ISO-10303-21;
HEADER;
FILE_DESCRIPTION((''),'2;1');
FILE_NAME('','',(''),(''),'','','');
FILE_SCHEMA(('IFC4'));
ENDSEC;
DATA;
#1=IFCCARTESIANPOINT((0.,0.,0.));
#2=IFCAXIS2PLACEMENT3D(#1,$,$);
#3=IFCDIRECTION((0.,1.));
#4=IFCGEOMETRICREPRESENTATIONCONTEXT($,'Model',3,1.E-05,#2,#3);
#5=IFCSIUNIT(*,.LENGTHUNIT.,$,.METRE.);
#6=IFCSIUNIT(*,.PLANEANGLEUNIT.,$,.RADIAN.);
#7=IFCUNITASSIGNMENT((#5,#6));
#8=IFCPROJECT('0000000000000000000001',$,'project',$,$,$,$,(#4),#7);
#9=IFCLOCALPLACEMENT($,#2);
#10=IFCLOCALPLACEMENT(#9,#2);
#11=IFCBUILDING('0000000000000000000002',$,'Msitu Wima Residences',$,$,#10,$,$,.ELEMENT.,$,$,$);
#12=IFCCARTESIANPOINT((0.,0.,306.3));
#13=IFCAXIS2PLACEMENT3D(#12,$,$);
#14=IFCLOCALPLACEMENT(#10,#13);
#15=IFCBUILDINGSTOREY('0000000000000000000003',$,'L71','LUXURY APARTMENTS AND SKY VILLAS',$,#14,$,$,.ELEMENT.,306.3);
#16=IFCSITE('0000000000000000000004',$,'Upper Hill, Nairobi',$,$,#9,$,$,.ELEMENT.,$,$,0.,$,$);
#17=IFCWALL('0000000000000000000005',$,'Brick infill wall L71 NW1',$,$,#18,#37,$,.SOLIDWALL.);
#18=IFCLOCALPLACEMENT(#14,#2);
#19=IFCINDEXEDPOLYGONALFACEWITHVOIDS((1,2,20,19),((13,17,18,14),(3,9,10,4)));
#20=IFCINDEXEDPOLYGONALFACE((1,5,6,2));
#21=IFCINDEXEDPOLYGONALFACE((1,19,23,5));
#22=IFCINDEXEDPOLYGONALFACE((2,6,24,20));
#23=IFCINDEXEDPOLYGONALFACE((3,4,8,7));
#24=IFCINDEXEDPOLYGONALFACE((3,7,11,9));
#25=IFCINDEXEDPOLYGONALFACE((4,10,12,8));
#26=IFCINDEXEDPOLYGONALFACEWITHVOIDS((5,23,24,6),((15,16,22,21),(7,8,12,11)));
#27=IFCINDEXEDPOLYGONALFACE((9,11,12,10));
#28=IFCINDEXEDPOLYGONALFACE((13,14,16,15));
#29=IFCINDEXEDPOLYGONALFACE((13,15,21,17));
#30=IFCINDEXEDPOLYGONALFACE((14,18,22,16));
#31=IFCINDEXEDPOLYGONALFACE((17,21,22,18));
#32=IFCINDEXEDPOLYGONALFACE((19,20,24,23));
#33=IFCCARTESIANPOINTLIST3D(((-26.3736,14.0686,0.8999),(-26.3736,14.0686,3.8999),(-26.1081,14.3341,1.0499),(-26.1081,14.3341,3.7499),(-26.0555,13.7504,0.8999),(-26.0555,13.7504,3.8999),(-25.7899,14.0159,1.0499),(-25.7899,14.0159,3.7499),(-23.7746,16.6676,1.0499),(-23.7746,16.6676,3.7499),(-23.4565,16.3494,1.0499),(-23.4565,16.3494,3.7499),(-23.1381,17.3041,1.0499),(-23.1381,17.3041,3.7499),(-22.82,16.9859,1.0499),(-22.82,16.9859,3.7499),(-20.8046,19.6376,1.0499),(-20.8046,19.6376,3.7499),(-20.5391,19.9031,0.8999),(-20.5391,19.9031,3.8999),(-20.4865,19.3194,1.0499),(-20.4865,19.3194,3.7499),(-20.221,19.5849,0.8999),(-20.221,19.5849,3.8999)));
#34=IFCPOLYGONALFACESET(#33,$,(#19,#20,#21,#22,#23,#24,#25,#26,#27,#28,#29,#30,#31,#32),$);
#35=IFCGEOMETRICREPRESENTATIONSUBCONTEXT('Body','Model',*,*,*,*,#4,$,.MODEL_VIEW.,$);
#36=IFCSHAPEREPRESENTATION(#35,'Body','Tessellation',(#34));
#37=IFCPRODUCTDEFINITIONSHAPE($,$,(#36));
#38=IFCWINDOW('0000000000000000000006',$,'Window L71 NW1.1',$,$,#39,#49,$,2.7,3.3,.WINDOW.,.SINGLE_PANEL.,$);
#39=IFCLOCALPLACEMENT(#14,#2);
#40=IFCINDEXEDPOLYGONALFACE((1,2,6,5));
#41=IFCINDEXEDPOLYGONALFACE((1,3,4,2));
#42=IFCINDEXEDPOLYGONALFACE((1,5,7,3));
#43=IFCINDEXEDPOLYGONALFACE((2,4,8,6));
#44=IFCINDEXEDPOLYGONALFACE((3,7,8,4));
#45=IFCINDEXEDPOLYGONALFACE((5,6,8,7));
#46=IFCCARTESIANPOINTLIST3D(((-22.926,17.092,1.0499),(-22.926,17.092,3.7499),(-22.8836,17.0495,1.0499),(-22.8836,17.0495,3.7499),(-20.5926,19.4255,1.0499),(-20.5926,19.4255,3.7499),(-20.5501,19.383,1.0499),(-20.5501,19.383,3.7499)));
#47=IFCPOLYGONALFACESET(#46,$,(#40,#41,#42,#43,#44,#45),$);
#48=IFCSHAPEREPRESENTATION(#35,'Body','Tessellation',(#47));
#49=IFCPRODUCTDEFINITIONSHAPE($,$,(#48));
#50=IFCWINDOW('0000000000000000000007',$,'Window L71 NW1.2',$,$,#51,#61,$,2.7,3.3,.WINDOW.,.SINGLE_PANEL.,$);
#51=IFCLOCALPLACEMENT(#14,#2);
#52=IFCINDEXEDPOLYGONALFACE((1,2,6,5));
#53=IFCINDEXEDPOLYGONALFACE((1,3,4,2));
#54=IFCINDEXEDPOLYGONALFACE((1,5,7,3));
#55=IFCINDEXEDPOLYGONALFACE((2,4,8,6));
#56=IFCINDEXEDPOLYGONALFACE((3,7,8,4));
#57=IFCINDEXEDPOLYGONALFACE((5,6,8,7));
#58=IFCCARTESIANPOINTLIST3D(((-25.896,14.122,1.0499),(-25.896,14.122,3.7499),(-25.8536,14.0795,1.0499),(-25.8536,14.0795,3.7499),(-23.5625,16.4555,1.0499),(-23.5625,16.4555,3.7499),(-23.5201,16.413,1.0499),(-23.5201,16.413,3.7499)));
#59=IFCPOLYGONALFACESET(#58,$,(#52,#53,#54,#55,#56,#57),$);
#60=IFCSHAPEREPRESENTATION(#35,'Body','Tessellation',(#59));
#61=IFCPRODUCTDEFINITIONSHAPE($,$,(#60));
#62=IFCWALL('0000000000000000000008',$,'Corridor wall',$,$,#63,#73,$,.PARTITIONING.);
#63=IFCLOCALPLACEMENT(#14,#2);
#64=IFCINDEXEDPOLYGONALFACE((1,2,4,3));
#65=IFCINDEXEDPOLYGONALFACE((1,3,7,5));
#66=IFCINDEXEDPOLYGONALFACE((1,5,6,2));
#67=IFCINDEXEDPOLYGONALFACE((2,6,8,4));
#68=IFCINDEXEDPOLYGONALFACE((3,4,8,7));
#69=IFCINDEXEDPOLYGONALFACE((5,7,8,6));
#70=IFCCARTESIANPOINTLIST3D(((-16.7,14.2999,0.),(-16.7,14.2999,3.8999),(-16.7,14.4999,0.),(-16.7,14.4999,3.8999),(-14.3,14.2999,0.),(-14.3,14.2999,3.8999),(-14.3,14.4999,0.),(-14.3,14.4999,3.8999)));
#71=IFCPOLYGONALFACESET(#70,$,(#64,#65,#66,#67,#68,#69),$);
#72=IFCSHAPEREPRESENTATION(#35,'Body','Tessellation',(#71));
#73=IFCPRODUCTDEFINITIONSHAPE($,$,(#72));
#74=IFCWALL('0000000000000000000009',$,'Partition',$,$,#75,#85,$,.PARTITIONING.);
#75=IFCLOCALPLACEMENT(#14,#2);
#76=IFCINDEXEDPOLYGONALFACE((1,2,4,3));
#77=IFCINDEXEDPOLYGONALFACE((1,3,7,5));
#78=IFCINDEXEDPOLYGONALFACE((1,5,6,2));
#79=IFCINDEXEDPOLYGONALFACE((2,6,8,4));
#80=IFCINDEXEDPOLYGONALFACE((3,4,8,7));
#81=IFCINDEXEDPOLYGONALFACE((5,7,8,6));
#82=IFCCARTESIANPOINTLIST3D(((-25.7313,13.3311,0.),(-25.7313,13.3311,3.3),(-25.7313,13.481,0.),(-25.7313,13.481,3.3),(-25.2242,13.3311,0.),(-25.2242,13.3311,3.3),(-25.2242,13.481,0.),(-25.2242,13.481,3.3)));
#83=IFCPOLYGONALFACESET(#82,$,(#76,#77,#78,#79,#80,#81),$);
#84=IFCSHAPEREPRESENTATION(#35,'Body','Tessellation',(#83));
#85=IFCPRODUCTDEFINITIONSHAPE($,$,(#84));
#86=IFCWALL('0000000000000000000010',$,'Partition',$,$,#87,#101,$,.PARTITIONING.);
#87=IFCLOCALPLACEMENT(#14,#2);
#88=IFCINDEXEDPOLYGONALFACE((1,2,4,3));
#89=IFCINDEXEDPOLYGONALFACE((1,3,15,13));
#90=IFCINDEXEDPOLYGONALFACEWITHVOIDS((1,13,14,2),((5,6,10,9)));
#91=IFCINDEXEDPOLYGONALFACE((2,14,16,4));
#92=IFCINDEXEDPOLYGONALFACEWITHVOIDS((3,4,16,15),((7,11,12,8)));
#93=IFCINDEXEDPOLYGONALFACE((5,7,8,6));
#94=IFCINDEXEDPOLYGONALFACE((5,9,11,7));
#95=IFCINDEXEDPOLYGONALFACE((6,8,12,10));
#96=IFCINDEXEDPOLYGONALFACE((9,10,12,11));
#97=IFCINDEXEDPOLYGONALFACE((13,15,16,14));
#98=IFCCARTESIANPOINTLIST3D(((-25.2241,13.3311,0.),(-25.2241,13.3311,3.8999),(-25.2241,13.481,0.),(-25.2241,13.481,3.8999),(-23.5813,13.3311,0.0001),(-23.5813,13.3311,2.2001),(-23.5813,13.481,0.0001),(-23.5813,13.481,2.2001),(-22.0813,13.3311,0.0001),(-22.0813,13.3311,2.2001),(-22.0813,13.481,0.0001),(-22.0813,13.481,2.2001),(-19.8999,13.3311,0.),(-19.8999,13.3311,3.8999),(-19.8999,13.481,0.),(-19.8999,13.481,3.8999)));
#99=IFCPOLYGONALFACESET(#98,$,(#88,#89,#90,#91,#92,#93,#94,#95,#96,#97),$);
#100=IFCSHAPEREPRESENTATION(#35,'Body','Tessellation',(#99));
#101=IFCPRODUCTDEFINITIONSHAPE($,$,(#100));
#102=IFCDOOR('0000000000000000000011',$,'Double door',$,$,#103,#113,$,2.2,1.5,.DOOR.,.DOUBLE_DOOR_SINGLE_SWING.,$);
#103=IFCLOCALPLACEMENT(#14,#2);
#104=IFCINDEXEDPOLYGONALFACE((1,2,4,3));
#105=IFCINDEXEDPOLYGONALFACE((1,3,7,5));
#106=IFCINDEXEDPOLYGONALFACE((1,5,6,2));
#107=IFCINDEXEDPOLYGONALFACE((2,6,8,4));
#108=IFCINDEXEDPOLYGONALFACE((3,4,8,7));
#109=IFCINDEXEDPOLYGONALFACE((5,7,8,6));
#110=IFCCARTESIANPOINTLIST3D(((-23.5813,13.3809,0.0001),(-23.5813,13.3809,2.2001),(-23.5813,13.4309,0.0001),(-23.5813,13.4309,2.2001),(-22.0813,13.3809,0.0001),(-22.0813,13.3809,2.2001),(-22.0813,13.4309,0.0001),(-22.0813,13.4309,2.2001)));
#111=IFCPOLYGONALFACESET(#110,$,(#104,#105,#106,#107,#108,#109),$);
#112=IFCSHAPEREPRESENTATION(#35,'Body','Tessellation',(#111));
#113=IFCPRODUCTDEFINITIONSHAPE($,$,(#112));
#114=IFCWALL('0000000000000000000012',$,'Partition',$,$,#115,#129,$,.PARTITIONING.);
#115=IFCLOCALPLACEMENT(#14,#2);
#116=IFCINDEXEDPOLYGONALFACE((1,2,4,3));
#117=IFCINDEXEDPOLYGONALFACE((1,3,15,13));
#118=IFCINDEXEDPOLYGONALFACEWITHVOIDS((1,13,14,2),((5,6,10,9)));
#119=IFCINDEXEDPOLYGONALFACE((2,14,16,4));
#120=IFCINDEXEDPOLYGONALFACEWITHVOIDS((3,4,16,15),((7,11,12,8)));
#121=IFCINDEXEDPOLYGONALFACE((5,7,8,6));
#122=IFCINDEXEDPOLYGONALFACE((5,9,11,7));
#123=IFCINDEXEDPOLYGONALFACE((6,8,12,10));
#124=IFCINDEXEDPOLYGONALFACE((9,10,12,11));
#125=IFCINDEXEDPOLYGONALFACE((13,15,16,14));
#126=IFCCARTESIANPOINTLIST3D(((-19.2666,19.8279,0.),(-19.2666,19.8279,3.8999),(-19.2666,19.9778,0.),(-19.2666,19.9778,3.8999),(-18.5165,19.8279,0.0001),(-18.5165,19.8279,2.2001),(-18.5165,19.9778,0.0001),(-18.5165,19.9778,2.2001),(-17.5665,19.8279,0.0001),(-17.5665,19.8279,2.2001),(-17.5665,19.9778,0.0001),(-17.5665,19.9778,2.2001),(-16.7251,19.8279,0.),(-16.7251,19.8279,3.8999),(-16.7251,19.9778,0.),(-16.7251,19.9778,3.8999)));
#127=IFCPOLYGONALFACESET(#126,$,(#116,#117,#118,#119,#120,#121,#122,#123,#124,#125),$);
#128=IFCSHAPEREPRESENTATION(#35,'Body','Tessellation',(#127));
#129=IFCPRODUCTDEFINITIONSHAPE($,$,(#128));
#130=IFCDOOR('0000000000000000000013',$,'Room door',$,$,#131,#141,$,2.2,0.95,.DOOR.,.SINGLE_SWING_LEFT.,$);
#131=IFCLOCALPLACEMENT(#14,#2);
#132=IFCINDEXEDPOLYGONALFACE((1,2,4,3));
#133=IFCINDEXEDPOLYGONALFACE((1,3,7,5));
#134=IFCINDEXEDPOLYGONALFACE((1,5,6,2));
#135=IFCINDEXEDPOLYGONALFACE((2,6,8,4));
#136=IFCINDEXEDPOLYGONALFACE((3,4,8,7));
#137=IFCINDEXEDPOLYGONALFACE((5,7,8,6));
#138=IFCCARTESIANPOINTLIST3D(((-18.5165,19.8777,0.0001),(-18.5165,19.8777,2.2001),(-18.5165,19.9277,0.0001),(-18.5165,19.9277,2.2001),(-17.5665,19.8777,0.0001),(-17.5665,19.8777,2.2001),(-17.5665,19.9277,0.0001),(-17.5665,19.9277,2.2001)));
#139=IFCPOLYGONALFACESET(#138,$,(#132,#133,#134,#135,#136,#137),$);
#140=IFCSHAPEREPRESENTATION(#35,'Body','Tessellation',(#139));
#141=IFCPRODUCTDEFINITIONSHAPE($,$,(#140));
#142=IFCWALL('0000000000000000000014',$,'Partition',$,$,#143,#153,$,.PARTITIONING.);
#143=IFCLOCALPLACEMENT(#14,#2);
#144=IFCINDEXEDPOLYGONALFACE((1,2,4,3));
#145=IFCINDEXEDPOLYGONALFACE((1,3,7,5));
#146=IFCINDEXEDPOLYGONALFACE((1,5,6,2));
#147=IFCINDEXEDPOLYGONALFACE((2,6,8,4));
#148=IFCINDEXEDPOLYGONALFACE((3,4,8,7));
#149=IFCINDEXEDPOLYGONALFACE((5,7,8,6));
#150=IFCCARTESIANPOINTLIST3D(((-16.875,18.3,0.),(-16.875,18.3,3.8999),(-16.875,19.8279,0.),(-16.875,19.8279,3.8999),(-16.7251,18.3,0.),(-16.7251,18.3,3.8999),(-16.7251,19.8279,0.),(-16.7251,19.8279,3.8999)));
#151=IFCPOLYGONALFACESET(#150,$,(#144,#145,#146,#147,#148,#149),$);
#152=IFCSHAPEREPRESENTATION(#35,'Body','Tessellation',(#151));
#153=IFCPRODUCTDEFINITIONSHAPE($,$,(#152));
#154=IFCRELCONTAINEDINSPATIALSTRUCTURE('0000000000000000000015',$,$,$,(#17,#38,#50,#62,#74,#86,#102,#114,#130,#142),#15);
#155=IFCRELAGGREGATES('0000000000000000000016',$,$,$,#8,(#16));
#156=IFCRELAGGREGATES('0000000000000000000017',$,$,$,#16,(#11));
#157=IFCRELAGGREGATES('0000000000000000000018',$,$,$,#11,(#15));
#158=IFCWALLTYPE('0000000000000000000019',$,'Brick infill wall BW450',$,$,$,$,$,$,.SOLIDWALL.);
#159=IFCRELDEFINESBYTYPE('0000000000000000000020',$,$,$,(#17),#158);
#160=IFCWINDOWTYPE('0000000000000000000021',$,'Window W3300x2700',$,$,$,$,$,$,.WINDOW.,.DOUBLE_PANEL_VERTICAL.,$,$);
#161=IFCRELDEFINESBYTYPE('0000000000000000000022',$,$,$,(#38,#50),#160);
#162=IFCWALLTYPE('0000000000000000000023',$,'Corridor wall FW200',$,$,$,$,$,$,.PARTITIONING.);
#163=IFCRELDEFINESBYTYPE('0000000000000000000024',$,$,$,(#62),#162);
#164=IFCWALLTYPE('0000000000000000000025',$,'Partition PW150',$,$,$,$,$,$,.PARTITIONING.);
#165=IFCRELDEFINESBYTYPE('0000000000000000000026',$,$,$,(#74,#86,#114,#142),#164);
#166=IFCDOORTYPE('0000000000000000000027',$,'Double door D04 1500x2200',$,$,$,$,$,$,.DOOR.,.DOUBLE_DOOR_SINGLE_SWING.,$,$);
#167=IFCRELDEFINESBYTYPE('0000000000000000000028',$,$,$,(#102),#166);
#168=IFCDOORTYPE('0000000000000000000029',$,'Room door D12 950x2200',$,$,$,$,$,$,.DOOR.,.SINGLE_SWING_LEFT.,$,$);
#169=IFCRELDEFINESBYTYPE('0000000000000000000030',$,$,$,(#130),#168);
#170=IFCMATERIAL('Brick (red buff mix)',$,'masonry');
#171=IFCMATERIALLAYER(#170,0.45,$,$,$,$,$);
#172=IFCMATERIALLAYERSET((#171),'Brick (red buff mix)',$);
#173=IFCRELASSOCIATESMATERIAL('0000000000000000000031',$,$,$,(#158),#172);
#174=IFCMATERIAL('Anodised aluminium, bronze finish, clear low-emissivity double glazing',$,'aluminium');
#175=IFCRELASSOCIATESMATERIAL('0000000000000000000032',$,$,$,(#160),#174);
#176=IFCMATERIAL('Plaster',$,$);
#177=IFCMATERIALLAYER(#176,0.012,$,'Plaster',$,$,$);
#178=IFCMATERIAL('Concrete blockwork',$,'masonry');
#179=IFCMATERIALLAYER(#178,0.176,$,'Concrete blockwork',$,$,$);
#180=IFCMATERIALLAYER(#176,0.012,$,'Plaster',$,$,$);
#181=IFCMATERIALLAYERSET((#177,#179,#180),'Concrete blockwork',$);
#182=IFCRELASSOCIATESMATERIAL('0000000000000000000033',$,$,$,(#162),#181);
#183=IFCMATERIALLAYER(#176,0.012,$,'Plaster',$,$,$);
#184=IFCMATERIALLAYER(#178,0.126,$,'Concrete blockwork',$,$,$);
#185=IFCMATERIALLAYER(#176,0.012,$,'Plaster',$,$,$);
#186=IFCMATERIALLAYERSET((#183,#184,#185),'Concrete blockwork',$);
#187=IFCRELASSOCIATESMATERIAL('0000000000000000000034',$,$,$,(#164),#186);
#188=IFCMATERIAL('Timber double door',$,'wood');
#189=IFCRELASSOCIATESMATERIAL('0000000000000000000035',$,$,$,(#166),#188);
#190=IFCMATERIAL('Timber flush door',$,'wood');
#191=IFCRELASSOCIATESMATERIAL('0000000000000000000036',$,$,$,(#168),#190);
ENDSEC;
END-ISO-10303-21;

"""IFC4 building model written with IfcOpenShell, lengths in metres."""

from ifc_helpers import new_model, si_unit, direction, frame, frame_2d, origin, place, context, subcontext, project, spatial, rectangle, extrude, material, layer, layer_set, type_object, element, fill, save


model = new_model("IFC4")

# Units and contexts
model_context = context("Model", 3, precision=1e-05, world=origin(), true_north=direction((0.0, 1.0)))
body_context = subcontext(model_context, "Body", "Model", "MODEL_VIEW")
ifc_project = project(units=[si_unit("LENGTHUNIT", "METRE"), si_unit("PLANEANGLEUNIT", "RADIAN")], contexts=[model_context])

# Site, building, storey
site_placement = place(None, origin())
site = spatial("IfcSite", under=ifc_project, at=site_placement, Name="Upper Hill, Nairobi", CompositionType="ELEMENT", RefElevation=0.0)
building_placement = place(site_placement, origin())
building = spatial("IfcBuilding", under=site, at=building_placement, Name="Msitu Wima Residences", CompositionType="ELEMENT")
storey_placement = place(building_placement, frame((0.0, 0.0, 306.3)))
storey = spatial("IfcBuildingStorey", under=building, at=storey_placement, Name="L71", Description="LUXURY APARTMENTS AND SKY VILLAS", CompositionType="ELEMENT", Elevation=306.3)

# Wall, openings, windows
ifc_material_1 = material(Name="Brick (red buff mix)", Category="masonry")
ifc_layer_1 = layer(ifc_material_1, 0.45)
ifc_layer_set_1 = layer_set([ifc_layer_1], Name="Brick (red buff mix)")
wall_type_1 = type_object("IfcWallType", Name="Brick infill wall BW450", PredefinedType="SOLIDWALL", material=ifc_layer_set_1)
wall_1_placement = place(storey_placement, frame((-20.3801, 19.7439, 0.8999), z_axis=(0.0, 0.0, 1.0), x_axis=(-0.707107, -0.707107, 0.0)))
wall_1 = element("IfcWall", 1, at=wall_1_placement, inside=storey, type_object=wall_type_1, Name="Brick infill wall L71 NW1", PredefinedType="SOLIDWALL", context=body_context, shape_type="SweptSolid", body=[
    extrude(rectangle(XDim=8.2512, YDim=0.45, at=frame_2d((4.1255, 0.0))), origin(), (0.0, 0.0, 1.0), 3.0),
])
opening_1_placement = place(wall_1_placement, frame((0.3755, 0.0, 0.1499)))
opening_1 = element("IfcOpeningElement", 2, at=opening_1_placement, cuts=wall_1, PredefinedType="OPENING", context=body_context, shape_type="SweptSolid", body=[
    extrude(rectangle(XDim=3.3, YDim=2.7, at=frame_2d((1.6499, 1.3501))), frame((0.0, 0.2349, 0.0), z_axis=(0.0, -1.0, 0.0), x_axis=(1.0, 0.0, 0.0)), (0.0, 0.0, 1.0), 0.47),
])
opening_2_placement = place(wall_1_placement, frame((4.5757, 0.0, 0.1499)))
opening_2 = element("IfcOpeningElement", 3, at=opening_2_placement, cuts=wall_1, PredefinedType="OPENING", context=body_context, shape_type="SweptSolid", body=[
    extrude(rectangle(XDim=3.3, YDim=2.7, at=frame_2d((1.6499, 1.3501))), frame((0.0, 0.2349, 0.0), z_axis=(0.0, -1.0, 0.0), x_axis=(1.0, 0.0, 0.0)), (0.0, 0.0, 1.0), 0.47),
])
ifc_material_2 = material(Name="Anodised aluminium, bronze finish, clear low-emissivity double glazing", Category="aluminium")
window_type = type_object("IfcWindowType", Name="Window W3300x2700", PartitioningType="DOUBLE_PANEL_VERTICAL", PredefinedType="WINDOW", material=ifc_material_2)
window_1_placement = place(opening_1_placement, origin())
window_1 = element("IfcWindow", 4, at=window_1_placement, inside=storey, type_object=window_type, Name="Window L71 NW1.1", OverallHeight=2.7, OverallWidth=3.3, PartitioningType="SINGLE_PANEL", PredefinedType="WINDOW", context=body_context, shape_type="SweptSolid", body=[
    extrude(rectangle(XDim=3.3, YDim=2.7, at=frame_2d((1.6499, 1.3501))), frame((0.0, 0.135, 0.0), z_axis=(0.0, -1.0, 0.0), x_axis=(1.0, 0.0, 0.0)), (0.0, 0.0, 1.0), 0.0601),
])
fill(opening_1, window_1)
window_2_placement = place(opening_2_placement, origin())
window_2 = element("IfcWindow", 5, at=window_2_placement, inside=storey, type_object=window_type, Name="Window L71 NW1.2", OverallHeight=2.7, OverallWidth=3.3, PartitioningType="SINGLE_PANEL", PredefinedType="WINDOW", context=body_context, shape_type="SweptSolid", body=[
    extrude(rectangle(XDim=3.3, YDim=2.7, at=frame_2d((1.6499, 1.3501))), frame((0.0, 0.135, 0.0), z_axis=(0.0, -1.0, 0.0), x_axis=(1.0, 0.0, 0.0)), (0.0, 0.0, 1.0), 0.0601),
])
fill(opening_2, window_2)

# Walls
ifc_material_3 = material(Name="Plaster")
ifc_layer_2 = layer(ifc_material_3, 0.012, Name="Plaster")
ifc_material_4 = material(Name="Concrete blockwork", Category="masonry")
ifc_layer_3 = layer(ifc_material_4, 0.176, Name="Concrete blockwork")
ifc_layer_4 = layer(ifc_material_3, 0.012, Name="Plaster")
ifc_layer_set_2 = layer_set([ifc_layer_2, ifc_layer_3, ifc_layer_4], Name="Concrete blockwork")
wall_type_2 = type_object("IfcWallType", Name="Corridor wall FW200", PredefinedType="PARTITIONING", material=ifc_layer_set_2)
wall_2_placement = place(storey_placement, frame((-16.7, 14.3999, 0.0), z_axis=(0.0, 0.0, 1.0), x_axis=(1.0, 0.0, 0.0)))
element("IfcWall", 6, at=wall_2_placement, inside=storey, type_object=wall_type_2, Name="Corridor wall", PredefinedType="PARTITIONING", context=body_context, shape_type="SweptSolid", body=[
    extrude(rectangle(XDim=2.3999, YDim=0.2, at=frame_2d((1.2, 0.0))), origin(), (0.0, 0.0, 1.0), 3.8999),
])
ifc_layer_5 = layer(ifc_material_3, 0.012, Name="Plaster")
ifc_layer_6 = layer(ifc_material_4, 0.126, Name="Concrete blockwork")
ifc_layer_7 = layer(ifc_material_3, 0.012, Name="Plaster")
ifc_layer_set_3 = layer_set([ifc_layer_5, ifc_layer_6, ifc_layer_7], Name="Concrete blockwork")
wall_type_3 = type_object("IfcWallType", Name="Partition PW150", PredefinedType="PARTITIONING", material=ifc_layer_set_3)
wall_3_placement = place(storey_placement, frame((-25.7312, 13.406, 0.0), z_axis=(0.0, 0.0, 1.0), x_axis=(1.0, 0.0, 0.0)))
element("IfcWall", 7, at=wall_3_placement, inside=storey, type_object=wall_type_3, Name="Partition", PredefinedType="PARTITIONING", context=body_context, shape_type="SweptSolid", body=[
    extrude(rectangle(XDim=0.5071, YDim=0.1499, at=frame_2d((0.2534, 0.0))), origin(), (0.0, 0.0, 1.0), 3.3),
])

# Walls, openings, doors
wall_4_placement = place(storey_placement, frame((-25.2241, 13.406, 0.0), z_axis=(0.0, 0.0, 1.0), x_axis=(1.0, 0.0, 0.0)))
wall_4 = element("IfcWall", 8, at=wall_4_placement, inside=storey, type_object=wall_type_3, Name="Partition", PredefinedType="PARTITIONING", context=body_context, shape_type="SweptSolid", body=[
    extrude(rectangle(XDim=5.3242, YDim=0.1499, at=frame_2d((2.6621, 0.0))), origin(), (0.0, 0.0, 1.0), 3.8999),
])
opening_3_placement = place(wall_4_placement, frame((1.6428, 0.0, 0.0)))
opening_3 = element("IfcOpeningElement", 9, at=opening_3_placement, cuts=wall_4, PredefinedType="OPENING", context=body_context, shape_type="SweptSolid", body=[
    extrude(rectangle(XDim=1.5, YDim=2.2, at=frame_2d((0.75, 1.1001))), frame((0.0, 0.085, 0.0), z_axis=(0.0, -1.0, 0.0), x_axis=(1.0, 0.0, 0.0)), (0.0, 0.0, 1.0), 0.1699),
])
ifc_material_5 = material(Name="Timber double door", Category="wood")
door_type_1 = type_object("IfcDoorType", Name="Double door D04 1500x2200", OperationType="DOUBLE_DOOR_SINGLE_SWING", PredefinedType="DOOR", material=ifc_material_5)
door_1_placement = place(opening_3_placement, origin())
door_1 = element("IfcDoor", 10, at=door_1_placement, inside=storey, type_object=door_type_1, Name="Double door", OperationType="DOUBLE_DOOR_SINGLE_SWING", OverallHeight=2.2, OverallWidth=1.5, PredefinedType="DOOR", context=body_context, shape_type="SweptSolid", body=[
    extrude(rectangle(XDim=1.5, YDim=2.2, at=frame_2d((0.75, 1.1001))), frame((0.0, 0.0249, 0.0), z_axis=(0.0, -1.0, 0.0), x_axis=(1.0, 0.0, 0.0)), (0.0, 0.0, 1.0), 0.05),
])
fill(opening_3, door_1)
wall_5_placement = place(storey_placement, frame((-19.2666, 19.9028, 0.0), z_axis=(0.0, 0.0, 1.0), x_axis=(1.0, 0.0, 0.0)))
wall_5 = element("IfcWall", 11, at=wall_5_placement, inside=storey, type_object=wall_type_3, Name="Partition", PredefinedType="PARTITIONING", context=body_context, shape_type="SweptSolid", body=[
    extrude(rectangle(XDim=2.5415, YDim=0.1499, at=frame_2d((1.2708, 0.0))), origin(), (0.0, 0.0, 1.0), 3.8999),
])
opening_4_placement = place(wall_5_placement, frame((0.75, 0.0, 0.0)))
opening_4 = element("IfcOpeningElement", 12, at=opening_4_placement, cuts=wall_5, PredefinedType="OPENING", context=body_context, shape_type="SweptSolid", body=[
    extrude(rectangle(XDim=0.95, YDim=2.2, at=frame_2d((0.4751, 1.1001))), frame((0.0, 0.085, 0.0), z_axis=(0.0, -1.0, 0.0), x_axis=(1.0, 0.0, 0.0)), (0.0, 0.0, 1.0), 0.1699),
])
ifc_material_6 = material(Name="Timber flush door", Category="wood")
door_type_2 = type_object("IfcDoorType", Name="Room door D12 950x2200", OperationType="SINGLE_SWING_LEFT", PredefinedType="DOOR", material=ifc_material_6)
door_2_placement = place(opening_4_placement, origin())
door_2 = element("IfcDoor", 13, at=door_2_placement, inside=storey, type_object=door_type_2, Name="Room door", OperationType="SINGLE_SWING_LEFT", OverallHeight=2.2, OverallWidth=0.95, PredefinedType="DOOR", context=body_context, shape_type="SweptSolid", body=[
    extrude(rectangle(XDim=0.95, YDim=2.2, at=frame_2d((0.4751, 1.1001))), frame((0.0, 0.0249, 0.0), z_axis=(0.0, -1.0, 0.0), x_axis=(1.0, 0.0, 0.0)), (0.0, 0.0, 1.0), 0.05),
])
fill(opening_4, door_2)

# Wall
wall_6_placement = place(storey_placement, frame((-16.8, 18.3, 0.0), z_axis=(0.0, 0.0, 1.0), x_axis=(0.0, 1.0, 0.0)))
element("IfcWall", 14, at=wall_6_placement, inside=storey, type_object=wall_type_3, Name="Partition", PredefinedType="PARTITIONING", context=body_context, shape_type="SweptSolid", body=[
    extrude(rectangle(XDim=1.5278, YDim=0.1499, at=frame_2d((0.7639, 0.0))), origin(), (0.0, 0.0, 1.0), 3.8999),
])

save(model, "model.ifc")
